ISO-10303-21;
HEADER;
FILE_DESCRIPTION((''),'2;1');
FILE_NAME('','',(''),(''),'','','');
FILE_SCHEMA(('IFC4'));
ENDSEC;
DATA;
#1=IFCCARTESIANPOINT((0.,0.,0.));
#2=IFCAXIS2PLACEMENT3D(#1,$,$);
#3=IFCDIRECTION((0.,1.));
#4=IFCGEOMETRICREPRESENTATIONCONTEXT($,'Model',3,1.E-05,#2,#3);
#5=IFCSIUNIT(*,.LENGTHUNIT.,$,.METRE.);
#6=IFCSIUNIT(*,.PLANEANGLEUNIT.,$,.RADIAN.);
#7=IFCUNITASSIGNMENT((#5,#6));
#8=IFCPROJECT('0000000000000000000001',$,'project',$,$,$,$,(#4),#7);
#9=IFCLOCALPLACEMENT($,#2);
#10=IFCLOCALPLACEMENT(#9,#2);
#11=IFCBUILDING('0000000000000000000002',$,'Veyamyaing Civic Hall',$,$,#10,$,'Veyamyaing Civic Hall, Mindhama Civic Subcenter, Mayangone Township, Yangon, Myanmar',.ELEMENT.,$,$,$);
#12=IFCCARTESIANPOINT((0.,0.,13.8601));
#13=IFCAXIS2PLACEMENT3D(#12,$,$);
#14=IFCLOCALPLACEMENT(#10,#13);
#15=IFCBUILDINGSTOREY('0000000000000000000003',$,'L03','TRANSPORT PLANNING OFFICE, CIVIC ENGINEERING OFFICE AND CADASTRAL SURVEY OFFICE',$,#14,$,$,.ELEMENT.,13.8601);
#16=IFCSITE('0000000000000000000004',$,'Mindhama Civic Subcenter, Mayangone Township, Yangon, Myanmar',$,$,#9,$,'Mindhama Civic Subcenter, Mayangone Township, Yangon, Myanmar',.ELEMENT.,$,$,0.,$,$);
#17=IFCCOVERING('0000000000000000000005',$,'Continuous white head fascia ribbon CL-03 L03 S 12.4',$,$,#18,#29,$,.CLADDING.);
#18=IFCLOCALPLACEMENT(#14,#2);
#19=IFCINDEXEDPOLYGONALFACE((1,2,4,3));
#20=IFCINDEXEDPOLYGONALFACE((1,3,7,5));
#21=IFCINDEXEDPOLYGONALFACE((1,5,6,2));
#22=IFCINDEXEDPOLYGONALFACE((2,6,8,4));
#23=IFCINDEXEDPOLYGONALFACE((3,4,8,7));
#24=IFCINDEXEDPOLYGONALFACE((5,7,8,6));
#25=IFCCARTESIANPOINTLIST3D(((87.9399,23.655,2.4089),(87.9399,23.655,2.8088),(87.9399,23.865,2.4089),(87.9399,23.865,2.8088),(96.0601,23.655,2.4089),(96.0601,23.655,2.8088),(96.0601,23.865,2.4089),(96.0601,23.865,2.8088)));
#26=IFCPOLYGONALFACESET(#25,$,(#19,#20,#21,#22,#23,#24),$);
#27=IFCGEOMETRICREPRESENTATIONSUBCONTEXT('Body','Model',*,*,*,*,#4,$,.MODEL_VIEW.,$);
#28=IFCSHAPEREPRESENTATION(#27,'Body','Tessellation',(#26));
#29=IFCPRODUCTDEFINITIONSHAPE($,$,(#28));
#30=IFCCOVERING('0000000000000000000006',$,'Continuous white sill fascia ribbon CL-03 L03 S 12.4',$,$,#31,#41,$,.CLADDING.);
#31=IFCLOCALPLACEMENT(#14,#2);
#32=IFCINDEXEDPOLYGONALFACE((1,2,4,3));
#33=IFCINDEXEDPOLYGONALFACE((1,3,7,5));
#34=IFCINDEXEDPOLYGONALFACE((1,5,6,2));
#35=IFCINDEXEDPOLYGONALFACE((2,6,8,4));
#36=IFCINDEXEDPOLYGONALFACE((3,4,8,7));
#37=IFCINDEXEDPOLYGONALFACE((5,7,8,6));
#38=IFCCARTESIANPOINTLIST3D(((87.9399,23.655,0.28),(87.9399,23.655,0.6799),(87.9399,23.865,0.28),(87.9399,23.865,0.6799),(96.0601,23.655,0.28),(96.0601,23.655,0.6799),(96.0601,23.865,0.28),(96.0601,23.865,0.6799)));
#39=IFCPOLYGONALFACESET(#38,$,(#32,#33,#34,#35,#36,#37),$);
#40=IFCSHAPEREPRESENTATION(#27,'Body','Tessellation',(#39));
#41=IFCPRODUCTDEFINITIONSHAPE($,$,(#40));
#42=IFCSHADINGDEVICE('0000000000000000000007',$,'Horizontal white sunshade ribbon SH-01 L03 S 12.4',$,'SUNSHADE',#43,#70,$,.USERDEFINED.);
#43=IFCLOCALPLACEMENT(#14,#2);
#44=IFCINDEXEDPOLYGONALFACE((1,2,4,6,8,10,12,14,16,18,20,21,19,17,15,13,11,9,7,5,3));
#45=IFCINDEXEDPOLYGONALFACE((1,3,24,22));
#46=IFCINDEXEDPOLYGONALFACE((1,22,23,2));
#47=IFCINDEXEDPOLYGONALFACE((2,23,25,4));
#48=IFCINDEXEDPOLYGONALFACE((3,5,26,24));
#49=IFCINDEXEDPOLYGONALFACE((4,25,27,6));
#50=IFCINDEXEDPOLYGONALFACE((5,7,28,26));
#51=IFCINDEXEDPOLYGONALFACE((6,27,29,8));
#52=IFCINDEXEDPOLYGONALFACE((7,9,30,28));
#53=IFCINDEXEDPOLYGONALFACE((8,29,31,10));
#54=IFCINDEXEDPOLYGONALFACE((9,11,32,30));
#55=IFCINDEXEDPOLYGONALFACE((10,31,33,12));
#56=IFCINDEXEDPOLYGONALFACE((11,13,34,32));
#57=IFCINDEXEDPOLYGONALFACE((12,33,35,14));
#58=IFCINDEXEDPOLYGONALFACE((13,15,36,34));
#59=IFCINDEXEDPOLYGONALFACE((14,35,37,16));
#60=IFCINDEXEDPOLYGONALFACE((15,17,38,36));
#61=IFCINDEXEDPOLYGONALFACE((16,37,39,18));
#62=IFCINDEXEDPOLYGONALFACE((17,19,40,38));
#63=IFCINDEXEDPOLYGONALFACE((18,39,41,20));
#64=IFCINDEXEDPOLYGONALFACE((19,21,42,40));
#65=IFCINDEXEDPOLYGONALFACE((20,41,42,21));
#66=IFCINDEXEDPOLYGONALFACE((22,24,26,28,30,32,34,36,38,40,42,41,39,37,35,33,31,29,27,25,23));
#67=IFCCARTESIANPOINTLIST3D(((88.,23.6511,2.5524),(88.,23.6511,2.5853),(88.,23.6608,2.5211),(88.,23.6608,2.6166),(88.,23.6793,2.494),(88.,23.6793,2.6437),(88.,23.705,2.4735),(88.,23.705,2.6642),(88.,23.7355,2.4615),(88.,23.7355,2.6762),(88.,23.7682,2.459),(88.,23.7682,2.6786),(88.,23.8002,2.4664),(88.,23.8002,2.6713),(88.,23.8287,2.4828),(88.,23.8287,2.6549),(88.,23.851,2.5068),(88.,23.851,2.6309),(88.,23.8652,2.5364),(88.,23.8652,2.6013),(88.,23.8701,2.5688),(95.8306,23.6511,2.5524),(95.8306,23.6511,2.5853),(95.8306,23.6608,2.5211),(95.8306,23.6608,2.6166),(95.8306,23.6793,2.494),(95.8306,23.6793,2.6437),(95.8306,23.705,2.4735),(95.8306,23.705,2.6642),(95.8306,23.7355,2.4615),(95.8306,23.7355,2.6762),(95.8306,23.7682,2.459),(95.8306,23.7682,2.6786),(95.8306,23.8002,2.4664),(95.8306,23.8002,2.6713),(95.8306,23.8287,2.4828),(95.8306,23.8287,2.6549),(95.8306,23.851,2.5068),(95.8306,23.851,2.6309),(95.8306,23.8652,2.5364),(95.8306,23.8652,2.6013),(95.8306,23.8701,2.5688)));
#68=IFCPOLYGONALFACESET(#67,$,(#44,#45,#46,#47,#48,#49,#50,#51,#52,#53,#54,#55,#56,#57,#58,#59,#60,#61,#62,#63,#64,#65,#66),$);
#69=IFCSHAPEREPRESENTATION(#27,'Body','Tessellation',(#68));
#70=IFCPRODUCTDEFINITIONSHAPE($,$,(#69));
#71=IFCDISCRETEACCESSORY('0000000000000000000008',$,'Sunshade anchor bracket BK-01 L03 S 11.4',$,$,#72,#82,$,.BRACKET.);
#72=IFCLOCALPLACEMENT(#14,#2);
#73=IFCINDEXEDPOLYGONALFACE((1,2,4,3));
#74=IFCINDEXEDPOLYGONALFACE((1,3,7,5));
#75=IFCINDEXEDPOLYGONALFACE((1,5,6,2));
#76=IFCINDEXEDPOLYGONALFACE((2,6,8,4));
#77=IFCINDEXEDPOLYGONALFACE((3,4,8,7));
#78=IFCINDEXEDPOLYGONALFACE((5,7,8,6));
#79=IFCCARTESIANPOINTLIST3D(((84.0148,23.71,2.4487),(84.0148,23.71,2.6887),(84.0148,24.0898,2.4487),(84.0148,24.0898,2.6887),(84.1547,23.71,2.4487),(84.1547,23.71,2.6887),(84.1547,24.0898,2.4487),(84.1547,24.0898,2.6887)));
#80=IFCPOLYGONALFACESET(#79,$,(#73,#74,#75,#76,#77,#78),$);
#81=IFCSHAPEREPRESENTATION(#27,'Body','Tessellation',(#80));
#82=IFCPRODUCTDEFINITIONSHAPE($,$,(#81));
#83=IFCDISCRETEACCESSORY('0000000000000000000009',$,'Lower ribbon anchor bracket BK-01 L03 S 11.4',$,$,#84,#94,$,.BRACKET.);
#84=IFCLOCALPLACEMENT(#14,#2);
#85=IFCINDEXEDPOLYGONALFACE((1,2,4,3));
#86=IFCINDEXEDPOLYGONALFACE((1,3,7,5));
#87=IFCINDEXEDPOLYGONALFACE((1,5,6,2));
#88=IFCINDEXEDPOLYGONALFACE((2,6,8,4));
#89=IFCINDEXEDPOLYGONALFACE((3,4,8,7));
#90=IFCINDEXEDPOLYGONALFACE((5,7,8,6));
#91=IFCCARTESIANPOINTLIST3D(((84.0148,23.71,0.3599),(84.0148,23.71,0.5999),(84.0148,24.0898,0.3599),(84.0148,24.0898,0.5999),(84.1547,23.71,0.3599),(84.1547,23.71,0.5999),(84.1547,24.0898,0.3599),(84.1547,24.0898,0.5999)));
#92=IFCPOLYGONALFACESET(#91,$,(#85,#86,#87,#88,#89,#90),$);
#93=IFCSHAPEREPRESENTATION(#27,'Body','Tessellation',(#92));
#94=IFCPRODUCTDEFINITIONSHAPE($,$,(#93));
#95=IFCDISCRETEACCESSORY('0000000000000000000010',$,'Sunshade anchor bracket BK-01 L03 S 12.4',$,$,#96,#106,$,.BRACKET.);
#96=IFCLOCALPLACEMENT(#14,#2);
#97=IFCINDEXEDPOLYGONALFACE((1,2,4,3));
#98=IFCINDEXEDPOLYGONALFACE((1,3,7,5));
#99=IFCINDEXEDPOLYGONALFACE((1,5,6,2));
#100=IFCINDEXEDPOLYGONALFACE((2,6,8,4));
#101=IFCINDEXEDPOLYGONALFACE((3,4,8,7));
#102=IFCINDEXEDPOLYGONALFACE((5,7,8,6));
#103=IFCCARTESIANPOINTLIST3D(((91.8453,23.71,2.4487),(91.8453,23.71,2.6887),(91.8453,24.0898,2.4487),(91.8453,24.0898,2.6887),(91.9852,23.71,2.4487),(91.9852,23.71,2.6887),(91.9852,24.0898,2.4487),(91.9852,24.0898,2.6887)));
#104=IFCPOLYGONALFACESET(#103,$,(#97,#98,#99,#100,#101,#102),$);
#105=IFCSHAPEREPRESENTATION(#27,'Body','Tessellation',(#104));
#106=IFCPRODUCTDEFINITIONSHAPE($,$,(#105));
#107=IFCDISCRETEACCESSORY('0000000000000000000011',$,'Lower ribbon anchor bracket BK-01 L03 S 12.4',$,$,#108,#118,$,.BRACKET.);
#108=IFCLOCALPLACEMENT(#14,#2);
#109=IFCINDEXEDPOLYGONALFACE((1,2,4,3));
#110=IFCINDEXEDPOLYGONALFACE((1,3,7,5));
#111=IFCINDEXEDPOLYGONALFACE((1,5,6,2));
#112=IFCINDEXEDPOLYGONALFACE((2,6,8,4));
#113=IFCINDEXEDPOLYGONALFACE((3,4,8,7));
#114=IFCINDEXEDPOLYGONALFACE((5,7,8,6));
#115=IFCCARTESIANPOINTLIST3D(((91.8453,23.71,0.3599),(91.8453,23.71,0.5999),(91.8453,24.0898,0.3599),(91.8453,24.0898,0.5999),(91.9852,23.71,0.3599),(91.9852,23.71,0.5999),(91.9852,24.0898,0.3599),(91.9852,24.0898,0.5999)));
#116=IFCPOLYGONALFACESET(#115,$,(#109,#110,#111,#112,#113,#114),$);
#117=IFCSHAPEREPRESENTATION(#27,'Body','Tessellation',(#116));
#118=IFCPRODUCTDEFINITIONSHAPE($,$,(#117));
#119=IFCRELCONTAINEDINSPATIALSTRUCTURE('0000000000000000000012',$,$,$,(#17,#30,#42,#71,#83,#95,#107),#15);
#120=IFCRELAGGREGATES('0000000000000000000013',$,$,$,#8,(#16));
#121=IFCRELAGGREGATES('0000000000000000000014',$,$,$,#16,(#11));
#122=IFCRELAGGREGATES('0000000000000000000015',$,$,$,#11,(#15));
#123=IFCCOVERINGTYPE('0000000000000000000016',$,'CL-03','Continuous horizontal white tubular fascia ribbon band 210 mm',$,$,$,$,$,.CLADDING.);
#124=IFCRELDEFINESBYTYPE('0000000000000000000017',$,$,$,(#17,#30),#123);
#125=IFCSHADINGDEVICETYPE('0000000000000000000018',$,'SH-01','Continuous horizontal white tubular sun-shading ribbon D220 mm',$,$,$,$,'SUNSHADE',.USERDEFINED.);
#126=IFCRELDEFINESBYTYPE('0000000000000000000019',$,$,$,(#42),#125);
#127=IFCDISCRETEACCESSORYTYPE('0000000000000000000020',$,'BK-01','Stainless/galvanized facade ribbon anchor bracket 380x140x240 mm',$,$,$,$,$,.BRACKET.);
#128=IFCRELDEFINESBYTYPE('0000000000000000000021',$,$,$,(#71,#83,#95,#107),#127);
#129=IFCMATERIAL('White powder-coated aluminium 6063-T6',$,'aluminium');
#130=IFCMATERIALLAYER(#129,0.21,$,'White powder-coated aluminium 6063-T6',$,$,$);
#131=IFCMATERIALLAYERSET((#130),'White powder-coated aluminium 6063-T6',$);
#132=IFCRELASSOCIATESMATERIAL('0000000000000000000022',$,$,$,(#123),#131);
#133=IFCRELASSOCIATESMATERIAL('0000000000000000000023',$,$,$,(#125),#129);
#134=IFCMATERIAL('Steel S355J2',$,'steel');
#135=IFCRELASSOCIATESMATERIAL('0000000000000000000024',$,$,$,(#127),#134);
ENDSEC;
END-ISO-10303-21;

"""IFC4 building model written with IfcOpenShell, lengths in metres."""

from ifc_helpers import new_model, si_unit, direction, frame, origin, origin_2d, place, context, subcontext, project, spatial, rectangle, circle, extrude, material, layer, layer_set, material_profile, profile_set, type_object, element, save


model = new_model("IFC4")

# Units and contexts
model_context = context("Model", 3, precision=1e-05, world=origin(), true_north=direction((0.0, 1.0)))
body_context = subcontext(model_context, "Body", "Model", "MODEL_VIEW")
ifc_project = project(units=[si_unit("LENGTHUNIT", "METRE"), si_unit("PLANEANGLEUNIT", "RADIAN")], contexts=[model_context])

# Site, building, storey
site_placement = place(None, origin())
site = spatial("IfcSite", under=ifc_project, at=site_placement, Name="Mindhama Civic Subcenter, Mayangone Township, Yangon, Myanmar", LongName="Mindhama Civic Subcenter, Mayangone Township, Yangon, Myanmar", CompositionType="ELEMENT", RefElevation=0.0)
building_placement = place(site_placement, origin())
building = spatial("IfcBuilding", under=site, at=building_placement, Name="Veyamyaing Civic Hall", LongName="Veyamyaing Civic Hall, Mindhama Civic Subcenter, Mayangone Township, Yangon, Myanmar", CompositionType="ELEMENT")
storey_placement = place(building_placement, frame((0.0, 0.0, 13.8601)))
storey = spatial("IfcBuildingStorey", under=building, at=storey_placement, Name="L03", Description="TRANSPORT PLANNING OFFICE, CIVIC ENGINEERING OFFICE AND CADASTRAL SURVEY OFFICE", CompositionType="ELEMENT", Elevation=13.8601)

# Coverings
ifc_material_1 = material(Name="White powder-coated aluminium 6063-T6", Category="aluminium")
ifc_layer_1 = layer(ifc_material_1, 0.21, Name="White powder-coated aluminium 6063-T6")
ifc_layer_set_1 = layer_set([ifc_layer_1], Name="White powder-coated aluminium 6063-T6")
covering_type = type_object("IfcCoveringType", Name="CL-03", Description="Continuous horizontal white tubular fascia ribbon band 210 mm", PredefinedType="CLADDING", material=ifc_layer_set_1)
for number, where, z_axis, x_axis, name in (
    (1, (92.0, 23.76, 2.4089), (0.0, 0.0, 1.0), (1.0, 0.0, 0.0), "Continuous white head fascia ribbon CL-03 L03 S 12.4"),
    (2, (92.0, 23.76, 0.28), (0.0, 0.0, 1.0), (1.0, 0.0, 0.0), "Continuous white sill fascia ribbon CL-03 L03 S 12.4"),
):
    element("IfcCovering", number, at=place(storey_placement, frame(where, z_axis=z_axis, x_axis=x_axis)), inside=storey, type_object=covering_type, Name=name, PredefinedType="CLADDING", context=body_context, shape_type="SweptSolid", body=[
        extrude(rectangle(XDim=8.1201, YDim=0.21, at=origin_2d()), origin(), (0.0, 0.0, 1.0), 0.3999),
    ])

# Shading device
ifc_material_profile_1 = material_profile(ifc_material_1, circle(Radius=0.1101, at=origin_2d()), Name="SHADE-TUBE-220")
ifc_profile_set_1 = profile_set([ifc_material_profile_1], Name="White powder-coated aluminium 6063-T6")
shading_device_type = type_object("IfcShadingDeviceType", Name="SH-01", Description="Continuous horizontal white tubular sun-shading ribbon D220 mm", ElementType="SUNSHADE", PredefinedType="USERDEFINED", material=ifc_profile_set_1)
shading_device_placement = place(storey_placement, frame((88.0, 23.76, 2.5688), z_axis=(1.0, 0.0, 0.0), x_axis=(0.0, 1.0, 0.0)))
element("IfcShadingDevice", 3, at=shading_device_placement, inside=storey, type_object=shading_device_type, Name="Horizontal white sunshade ribbon SH-01 L03 S 12.4", ObjectType="SUNSHADE", PredefinedType="USERDEFINED", context=body_context, shape_type="SweptSolid", body=[
    extrude(circle(Radius=0.1101, at=origin_2d()), origin(), (0.0, 0.0, 1.0), 7.8306),
])

# Discrete accessories
ifc_material_2 = material(Name="Steel S355J2", Category="steel")
discrete_accessory_type = type_object("IfcDiscreteAccessoryType", Name="BK-01", Description="Stainless/galvanized facade ribbon anchor bracket 380x140x240 mm", PredefinedType="BRACKET", material=ifc_material_2)
for number, where, z_axis, x_axis, name in (
    (4, (84.0847, 23.8999, 2.4487), (0.0, 0.0, 1.0), (0.0, -1.0, 0.0), "Sunshade anchor bracket BK-01 L03 S 11.4"),
    (5, (84.0847, 23.8999, 0.3599), (0.0, 0.0, 1.0), (0.0, -1.0, 0.0), "Lower ribbon anchor bracket BK-01 L03 S 11.4"),
    (6, (91.9153, 23.8999, 2.4487), (0.0, 0.0, 1.0), (0.0, -1.0, 0.0), "Sunshade anchor bracket BK-01 L03 S 12.4"),
    (7, (91.9153, 23.8999, 0.3599), (0.0, 0.0, 1.0), (0.0, -1.0, 0.0), "Lower ribbon anchor bracket BK-01 L03 S 12.4"),
):
    element("IfcDiscreteAccessory", number, at=place(storey_placement, frame(where, z_axis=z_axis, x_axis=x_axis)), inside=storey, type_object=discrete_accessory_type, Name=name, PredefinedType="BRACKET", context=body_context, shape_type="SweptSolid", body=[
        extrude(rectangle(XDim=0.3799, YDim=0.1399, at=origin_2d()), origin(), (0.0, 0.0, 1.0), 0.24),
    ])

save(model, "model.ifc")
